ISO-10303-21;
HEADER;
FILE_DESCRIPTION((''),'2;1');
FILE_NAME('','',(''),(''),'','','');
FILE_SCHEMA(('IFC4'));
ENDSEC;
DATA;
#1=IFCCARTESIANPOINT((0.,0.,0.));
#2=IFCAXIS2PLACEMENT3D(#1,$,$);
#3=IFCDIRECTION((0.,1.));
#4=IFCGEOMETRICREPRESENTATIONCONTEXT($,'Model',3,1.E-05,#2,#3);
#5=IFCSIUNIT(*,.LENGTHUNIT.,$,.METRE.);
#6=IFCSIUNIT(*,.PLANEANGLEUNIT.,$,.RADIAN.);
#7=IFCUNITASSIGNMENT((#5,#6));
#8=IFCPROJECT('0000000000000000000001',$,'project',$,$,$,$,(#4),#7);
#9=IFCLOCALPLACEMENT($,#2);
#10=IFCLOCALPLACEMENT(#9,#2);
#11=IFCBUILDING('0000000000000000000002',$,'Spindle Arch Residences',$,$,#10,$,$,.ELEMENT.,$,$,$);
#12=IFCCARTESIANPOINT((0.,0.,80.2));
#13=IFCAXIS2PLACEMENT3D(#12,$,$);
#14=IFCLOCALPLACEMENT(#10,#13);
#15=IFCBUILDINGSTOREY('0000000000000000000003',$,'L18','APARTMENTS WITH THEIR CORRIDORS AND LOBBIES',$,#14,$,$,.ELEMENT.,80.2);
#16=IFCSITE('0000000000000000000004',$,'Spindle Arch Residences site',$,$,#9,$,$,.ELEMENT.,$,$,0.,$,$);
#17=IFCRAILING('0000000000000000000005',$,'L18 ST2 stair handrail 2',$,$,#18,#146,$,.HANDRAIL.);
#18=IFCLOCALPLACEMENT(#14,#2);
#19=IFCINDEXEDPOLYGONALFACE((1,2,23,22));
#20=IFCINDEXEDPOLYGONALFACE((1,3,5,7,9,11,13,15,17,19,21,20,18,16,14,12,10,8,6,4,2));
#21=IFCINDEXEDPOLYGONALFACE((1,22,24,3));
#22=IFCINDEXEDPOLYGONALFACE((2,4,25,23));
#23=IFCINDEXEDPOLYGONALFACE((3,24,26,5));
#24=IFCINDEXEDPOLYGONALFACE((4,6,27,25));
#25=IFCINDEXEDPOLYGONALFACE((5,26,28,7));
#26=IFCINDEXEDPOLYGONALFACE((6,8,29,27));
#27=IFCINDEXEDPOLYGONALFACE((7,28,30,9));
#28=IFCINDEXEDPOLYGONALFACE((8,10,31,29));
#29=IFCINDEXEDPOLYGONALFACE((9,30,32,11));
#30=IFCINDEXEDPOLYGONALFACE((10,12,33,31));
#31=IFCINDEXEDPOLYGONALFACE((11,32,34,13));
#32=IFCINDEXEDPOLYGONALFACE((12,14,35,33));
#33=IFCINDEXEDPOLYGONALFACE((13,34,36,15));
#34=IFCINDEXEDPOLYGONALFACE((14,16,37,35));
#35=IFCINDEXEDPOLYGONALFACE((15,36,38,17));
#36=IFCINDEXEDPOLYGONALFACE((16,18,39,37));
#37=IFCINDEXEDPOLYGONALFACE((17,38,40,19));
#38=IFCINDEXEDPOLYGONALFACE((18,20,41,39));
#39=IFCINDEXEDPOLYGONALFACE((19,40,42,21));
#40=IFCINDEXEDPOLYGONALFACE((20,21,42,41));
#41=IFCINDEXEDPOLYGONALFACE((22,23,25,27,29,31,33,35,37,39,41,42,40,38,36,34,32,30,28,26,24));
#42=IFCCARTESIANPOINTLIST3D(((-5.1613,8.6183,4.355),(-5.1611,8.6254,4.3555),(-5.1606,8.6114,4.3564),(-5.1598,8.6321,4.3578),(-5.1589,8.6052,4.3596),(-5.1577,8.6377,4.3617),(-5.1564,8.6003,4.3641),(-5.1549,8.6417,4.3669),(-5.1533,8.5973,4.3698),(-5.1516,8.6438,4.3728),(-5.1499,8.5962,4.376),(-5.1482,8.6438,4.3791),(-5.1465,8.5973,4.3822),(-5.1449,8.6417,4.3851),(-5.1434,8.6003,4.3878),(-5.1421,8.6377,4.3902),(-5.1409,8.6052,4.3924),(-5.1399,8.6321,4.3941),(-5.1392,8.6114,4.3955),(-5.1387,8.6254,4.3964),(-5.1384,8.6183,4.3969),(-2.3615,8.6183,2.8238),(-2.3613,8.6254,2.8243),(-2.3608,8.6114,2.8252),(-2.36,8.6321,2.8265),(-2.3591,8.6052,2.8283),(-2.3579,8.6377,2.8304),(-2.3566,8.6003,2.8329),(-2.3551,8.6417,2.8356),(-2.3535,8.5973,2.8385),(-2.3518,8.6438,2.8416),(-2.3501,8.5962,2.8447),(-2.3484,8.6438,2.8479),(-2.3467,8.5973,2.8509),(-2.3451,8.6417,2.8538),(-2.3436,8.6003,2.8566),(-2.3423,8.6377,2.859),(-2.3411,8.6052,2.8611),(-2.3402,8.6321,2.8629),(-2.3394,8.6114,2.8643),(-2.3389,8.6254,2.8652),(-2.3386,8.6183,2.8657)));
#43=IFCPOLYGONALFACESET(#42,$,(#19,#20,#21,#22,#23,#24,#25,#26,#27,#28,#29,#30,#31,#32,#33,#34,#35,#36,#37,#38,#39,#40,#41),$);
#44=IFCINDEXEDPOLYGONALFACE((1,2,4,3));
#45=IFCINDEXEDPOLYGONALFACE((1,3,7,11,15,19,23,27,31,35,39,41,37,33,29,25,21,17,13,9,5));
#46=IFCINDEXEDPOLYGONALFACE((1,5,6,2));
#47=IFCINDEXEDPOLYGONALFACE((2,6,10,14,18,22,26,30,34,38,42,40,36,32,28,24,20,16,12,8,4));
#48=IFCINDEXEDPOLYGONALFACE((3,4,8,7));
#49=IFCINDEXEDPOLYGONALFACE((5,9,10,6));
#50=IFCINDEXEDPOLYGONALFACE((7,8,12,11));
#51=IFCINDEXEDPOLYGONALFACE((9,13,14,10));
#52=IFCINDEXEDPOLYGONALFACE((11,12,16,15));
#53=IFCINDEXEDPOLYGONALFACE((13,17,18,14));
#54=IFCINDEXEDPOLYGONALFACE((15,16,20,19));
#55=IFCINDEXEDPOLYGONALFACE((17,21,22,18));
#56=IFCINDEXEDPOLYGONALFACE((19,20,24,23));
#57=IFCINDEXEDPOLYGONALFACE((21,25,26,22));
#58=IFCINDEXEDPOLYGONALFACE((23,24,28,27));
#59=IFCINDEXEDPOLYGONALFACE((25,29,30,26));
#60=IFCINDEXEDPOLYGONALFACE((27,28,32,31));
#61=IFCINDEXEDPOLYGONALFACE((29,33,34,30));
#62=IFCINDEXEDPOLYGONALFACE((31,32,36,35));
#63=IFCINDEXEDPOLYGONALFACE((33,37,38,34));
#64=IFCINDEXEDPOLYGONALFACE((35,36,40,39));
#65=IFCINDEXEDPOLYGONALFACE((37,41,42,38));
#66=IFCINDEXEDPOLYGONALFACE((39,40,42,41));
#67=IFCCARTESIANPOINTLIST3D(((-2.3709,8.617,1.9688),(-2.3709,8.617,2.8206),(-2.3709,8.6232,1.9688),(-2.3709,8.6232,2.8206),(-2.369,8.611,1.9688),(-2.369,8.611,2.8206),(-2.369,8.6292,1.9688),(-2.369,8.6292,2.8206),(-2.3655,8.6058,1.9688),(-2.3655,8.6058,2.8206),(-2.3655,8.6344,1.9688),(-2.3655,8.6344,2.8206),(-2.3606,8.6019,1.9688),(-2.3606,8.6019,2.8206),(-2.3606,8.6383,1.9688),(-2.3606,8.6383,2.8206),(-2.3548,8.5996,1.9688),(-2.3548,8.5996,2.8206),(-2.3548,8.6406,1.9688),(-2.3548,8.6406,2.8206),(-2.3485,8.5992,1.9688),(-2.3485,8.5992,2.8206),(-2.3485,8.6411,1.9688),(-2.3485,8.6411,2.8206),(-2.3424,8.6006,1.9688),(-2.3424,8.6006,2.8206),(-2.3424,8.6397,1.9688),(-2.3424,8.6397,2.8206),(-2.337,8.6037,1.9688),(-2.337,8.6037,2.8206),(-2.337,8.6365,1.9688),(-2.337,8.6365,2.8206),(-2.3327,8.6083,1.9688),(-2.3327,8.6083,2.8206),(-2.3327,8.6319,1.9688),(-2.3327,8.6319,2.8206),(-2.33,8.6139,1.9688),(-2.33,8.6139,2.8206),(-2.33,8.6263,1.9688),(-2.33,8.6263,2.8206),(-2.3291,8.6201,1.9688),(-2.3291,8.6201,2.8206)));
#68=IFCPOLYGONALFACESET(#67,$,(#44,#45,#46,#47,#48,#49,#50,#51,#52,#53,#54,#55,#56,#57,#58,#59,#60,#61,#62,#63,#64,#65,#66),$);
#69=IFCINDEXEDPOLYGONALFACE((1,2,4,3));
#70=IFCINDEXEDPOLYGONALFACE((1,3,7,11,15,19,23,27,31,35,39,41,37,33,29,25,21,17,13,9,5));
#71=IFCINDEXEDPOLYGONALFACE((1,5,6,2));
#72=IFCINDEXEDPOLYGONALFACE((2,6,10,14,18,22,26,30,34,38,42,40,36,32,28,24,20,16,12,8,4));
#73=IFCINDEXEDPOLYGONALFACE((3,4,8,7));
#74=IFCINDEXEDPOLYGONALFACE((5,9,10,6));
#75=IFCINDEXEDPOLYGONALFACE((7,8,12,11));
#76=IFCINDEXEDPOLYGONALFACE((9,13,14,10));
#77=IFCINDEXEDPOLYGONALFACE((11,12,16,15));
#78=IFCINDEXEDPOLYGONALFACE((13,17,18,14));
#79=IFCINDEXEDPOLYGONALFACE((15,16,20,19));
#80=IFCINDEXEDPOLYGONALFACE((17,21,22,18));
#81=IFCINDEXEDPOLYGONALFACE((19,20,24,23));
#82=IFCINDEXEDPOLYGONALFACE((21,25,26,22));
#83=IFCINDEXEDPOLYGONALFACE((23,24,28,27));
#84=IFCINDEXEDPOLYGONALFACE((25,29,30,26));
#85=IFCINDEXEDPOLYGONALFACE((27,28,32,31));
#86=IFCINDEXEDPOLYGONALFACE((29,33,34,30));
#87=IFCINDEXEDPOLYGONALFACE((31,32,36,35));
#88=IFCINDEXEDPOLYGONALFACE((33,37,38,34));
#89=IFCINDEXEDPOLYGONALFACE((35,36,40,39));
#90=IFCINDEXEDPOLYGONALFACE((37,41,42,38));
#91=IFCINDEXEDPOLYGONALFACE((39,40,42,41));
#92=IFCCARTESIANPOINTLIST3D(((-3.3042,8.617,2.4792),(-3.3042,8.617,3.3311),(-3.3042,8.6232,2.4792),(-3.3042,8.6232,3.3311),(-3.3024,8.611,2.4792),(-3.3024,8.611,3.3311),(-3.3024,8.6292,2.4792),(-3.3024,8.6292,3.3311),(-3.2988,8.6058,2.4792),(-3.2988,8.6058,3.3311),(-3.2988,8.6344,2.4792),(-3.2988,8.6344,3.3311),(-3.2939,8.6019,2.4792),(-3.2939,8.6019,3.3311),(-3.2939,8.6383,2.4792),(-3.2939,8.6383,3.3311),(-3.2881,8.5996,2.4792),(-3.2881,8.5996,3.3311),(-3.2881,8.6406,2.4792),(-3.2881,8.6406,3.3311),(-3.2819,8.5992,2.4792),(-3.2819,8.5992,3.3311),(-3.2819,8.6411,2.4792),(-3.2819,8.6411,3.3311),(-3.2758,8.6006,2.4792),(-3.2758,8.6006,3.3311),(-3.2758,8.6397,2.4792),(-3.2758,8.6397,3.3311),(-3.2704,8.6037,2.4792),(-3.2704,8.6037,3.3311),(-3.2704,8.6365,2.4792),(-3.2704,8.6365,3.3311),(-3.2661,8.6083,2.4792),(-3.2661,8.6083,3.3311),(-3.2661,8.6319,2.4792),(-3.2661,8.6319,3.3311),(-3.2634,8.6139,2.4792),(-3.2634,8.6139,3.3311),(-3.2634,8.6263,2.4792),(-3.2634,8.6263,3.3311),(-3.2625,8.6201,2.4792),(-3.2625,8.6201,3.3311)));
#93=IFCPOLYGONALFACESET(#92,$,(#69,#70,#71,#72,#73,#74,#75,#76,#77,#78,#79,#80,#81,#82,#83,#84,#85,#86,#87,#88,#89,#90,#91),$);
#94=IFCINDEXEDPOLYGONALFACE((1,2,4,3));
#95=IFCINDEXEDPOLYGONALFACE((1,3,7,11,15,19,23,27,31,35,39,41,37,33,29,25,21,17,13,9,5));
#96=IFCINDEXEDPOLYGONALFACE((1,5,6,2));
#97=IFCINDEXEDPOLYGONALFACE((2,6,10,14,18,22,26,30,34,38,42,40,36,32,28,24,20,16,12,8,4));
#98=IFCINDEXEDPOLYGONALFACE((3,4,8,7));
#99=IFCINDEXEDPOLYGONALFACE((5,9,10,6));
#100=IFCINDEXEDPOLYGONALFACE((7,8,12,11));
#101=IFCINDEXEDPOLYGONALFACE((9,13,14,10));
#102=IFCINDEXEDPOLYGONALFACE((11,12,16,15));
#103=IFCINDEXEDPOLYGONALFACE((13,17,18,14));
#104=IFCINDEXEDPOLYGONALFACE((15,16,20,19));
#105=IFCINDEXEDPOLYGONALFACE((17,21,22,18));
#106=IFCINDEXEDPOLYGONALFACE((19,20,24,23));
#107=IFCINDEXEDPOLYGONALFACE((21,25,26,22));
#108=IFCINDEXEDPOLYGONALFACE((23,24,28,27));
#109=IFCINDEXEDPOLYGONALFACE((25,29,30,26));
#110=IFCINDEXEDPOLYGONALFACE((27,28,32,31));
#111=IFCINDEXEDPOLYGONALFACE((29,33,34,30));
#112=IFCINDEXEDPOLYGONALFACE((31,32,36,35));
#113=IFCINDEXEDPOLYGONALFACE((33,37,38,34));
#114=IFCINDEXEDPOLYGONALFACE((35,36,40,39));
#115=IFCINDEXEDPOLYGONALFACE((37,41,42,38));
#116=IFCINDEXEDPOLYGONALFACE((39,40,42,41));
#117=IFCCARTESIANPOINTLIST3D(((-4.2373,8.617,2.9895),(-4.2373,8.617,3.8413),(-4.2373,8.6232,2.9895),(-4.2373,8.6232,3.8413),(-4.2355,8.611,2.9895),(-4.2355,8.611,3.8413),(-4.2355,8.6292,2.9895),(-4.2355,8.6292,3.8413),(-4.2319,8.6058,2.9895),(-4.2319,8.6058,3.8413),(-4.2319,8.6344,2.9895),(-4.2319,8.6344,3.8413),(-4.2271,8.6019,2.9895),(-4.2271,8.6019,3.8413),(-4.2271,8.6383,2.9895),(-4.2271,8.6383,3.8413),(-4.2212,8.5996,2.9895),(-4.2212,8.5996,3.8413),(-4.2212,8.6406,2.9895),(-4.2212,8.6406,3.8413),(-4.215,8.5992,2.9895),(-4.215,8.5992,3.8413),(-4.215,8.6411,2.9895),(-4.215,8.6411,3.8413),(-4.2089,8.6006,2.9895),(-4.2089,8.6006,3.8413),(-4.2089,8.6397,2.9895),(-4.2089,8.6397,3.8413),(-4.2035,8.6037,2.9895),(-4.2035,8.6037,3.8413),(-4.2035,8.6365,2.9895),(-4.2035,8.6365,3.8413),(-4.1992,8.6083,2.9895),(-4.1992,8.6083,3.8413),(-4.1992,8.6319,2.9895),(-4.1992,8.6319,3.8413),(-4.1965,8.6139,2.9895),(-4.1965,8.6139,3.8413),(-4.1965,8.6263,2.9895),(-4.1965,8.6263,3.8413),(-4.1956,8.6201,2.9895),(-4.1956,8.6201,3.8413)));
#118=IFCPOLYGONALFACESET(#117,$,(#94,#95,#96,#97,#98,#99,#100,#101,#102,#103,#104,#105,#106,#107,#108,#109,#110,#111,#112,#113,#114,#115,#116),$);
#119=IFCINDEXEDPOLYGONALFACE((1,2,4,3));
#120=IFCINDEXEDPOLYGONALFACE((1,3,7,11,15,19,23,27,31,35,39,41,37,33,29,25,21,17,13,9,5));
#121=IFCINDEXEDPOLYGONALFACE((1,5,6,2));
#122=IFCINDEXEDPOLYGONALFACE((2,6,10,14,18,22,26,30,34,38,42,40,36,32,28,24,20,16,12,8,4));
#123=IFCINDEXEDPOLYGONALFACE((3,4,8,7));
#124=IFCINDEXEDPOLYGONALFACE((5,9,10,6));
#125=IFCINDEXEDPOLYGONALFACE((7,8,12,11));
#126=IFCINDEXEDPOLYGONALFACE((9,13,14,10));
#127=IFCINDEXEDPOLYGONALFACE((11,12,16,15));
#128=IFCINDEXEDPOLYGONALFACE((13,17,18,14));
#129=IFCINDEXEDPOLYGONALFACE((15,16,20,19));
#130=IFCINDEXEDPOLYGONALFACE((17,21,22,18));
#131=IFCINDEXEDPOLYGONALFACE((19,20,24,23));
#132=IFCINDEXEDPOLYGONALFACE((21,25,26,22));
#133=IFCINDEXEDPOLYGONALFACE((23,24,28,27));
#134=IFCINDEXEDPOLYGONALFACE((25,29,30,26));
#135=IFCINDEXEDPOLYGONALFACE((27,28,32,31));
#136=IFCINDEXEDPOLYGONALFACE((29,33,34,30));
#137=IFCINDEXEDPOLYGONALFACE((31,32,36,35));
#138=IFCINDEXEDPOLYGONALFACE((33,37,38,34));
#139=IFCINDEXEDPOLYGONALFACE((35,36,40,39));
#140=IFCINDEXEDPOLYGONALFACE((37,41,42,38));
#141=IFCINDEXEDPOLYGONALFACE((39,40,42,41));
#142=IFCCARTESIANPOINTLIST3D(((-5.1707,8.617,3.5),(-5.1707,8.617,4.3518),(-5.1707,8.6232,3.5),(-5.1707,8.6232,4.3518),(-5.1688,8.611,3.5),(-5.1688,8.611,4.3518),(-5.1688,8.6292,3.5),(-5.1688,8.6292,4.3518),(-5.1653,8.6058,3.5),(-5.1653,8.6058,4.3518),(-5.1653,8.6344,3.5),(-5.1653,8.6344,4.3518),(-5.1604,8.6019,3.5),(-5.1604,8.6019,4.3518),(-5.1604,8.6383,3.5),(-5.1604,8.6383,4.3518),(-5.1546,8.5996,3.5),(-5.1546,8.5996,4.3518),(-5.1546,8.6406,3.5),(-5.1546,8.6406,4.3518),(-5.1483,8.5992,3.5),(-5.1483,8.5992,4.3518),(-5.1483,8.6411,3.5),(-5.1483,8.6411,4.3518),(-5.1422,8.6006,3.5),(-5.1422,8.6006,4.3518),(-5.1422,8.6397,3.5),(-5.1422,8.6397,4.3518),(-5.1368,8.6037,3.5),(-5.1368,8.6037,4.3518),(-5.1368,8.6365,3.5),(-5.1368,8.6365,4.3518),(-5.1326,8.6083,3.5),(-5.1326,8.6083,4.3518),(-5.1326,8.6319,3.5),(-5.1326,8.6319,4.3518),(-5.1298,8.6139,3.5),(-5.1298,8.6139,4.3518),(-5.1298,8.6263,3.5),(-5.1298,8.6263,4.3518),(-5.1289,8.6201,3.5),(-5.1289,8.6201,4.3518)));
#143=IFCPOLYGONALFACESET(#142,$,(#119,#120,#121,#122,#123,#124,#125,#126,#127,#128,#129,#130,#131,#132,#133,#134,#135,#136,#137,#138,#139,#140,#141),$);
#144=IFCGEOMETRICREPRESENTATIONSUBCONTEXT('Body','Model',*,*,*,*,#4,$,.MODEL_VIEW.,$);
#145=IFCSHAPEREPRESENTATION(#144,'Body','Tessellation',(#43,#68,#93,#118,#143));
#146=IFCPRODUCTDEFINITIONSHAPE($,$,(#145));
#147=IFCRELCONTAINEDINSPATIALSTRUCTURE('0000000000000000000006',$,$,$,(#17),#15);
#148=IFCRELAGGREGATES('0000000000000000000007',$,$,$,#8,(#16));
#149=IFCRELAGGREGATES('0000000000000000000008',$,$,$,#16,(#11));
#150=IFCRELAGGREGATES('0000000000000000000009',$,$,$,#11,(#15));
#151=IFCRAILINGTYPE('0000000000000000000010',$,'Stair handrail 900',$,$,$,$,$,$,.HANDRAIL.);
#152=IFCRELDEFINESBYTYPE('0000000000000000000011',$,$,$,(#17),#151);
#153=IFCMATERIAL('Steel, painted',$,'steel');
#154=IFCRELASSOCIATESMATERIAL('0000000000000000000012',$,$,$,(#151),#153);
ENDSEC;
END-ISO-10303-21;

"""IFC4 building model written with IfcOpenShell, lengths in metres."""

from ifc_helpers import new_model, si_unit, direction, frame, origin, origin_2d, place, context, subcontext, project, spatial, circle, extrude, material, type_object, element, save


model = new_model("IFC4")

# Units and contexts
model_context = context("Model", 3, precision=1e-05, world=origin(), true_north=direction((0.0, 1.0)))
body_context = subcontext(model_context, "Body", "Model", "MODEL_VIEW")
ifc_project = project(units=[si_unit("LENGTHUNIT", "METRE"), si_unit("PLANEANGLEUNIT", "RADIAN")], contexts=[model_context])

# Site, building, storey
site_placement = place(None, origin())
site = spatial("IfcSite", under=ifc_project, at=site_placement, Name="Spindle Arch Residences site", CompositionType="ELEMENT", RefElevation=0.0)
building_placement = place(site_placement, origin())
building = spatial("IfcBuilding", under=site, at=building_placement, Name="Spindle Arch Residences", CompositionType="ELEMENT")
storey_placement = place(building_placement, frame((0.0, 0.0, 80.2)))
storey = spatial("IfcBuildingStorey", under=building, at=storey_placement, Name="L18", Description="APARTMENTS WITH THEIR CORRIDORS AND LOBBIES", CompositionType="ELEMENT", Elevation=80.2)

# Railing
ifc_material_1 = material(Name="Steel, painted", Category="steel")
railing_type_1 = type_object("IfcRailingType", Name="Stair handrail 900", PredefinedType="HANDRAIL", material=ifc_material_1)
railing_1_placement = place(storey_placement, frame((-2.3501, 8.6201, 1.9688)))
element("IfcRailing", 1, at=railing_1_placement, inside=storey, type_object=railing_type_1, Name="L18 ST2 stair handrail 2", PredefinedType="HANDRAIL", context=body_context, shape_type="SweptSolid", body=[
    extrude(circle(Radius=0.0239, at=origin_2d()), frame((0.0, 0.0, 0.876), z_axis=(-0.877357, 0.0, 0.479838), x_axis=(0.0, -1.0, 0.0)), (0.0, 0.0, 1.0), 3.1912),
    extrude(circle(Radius=0.021, at=origin_2d()), origin(), (0.0, 0.0, 1.0), 0.8518),
    extrude(circle(Radius=0.021, at=origin_2d()), frame((-0.9333, 0.0, 0.5105)), (0.0, 0.0, 1.0), 0.8518),
    extrude(circle(Radius=0.021, at=origin_2d()), frame((-1.8665, 0.0, 1.0208)), (0.0, 0.0, 1.0), 0.8518),
    extrude(circle(Radius=0.021, at=origin_2d()), frame((-2.7998, 0.0, 1.5312)), (0.0, 0.0, 1.0), 0.8518),
])

save(model, "model.ifc")
